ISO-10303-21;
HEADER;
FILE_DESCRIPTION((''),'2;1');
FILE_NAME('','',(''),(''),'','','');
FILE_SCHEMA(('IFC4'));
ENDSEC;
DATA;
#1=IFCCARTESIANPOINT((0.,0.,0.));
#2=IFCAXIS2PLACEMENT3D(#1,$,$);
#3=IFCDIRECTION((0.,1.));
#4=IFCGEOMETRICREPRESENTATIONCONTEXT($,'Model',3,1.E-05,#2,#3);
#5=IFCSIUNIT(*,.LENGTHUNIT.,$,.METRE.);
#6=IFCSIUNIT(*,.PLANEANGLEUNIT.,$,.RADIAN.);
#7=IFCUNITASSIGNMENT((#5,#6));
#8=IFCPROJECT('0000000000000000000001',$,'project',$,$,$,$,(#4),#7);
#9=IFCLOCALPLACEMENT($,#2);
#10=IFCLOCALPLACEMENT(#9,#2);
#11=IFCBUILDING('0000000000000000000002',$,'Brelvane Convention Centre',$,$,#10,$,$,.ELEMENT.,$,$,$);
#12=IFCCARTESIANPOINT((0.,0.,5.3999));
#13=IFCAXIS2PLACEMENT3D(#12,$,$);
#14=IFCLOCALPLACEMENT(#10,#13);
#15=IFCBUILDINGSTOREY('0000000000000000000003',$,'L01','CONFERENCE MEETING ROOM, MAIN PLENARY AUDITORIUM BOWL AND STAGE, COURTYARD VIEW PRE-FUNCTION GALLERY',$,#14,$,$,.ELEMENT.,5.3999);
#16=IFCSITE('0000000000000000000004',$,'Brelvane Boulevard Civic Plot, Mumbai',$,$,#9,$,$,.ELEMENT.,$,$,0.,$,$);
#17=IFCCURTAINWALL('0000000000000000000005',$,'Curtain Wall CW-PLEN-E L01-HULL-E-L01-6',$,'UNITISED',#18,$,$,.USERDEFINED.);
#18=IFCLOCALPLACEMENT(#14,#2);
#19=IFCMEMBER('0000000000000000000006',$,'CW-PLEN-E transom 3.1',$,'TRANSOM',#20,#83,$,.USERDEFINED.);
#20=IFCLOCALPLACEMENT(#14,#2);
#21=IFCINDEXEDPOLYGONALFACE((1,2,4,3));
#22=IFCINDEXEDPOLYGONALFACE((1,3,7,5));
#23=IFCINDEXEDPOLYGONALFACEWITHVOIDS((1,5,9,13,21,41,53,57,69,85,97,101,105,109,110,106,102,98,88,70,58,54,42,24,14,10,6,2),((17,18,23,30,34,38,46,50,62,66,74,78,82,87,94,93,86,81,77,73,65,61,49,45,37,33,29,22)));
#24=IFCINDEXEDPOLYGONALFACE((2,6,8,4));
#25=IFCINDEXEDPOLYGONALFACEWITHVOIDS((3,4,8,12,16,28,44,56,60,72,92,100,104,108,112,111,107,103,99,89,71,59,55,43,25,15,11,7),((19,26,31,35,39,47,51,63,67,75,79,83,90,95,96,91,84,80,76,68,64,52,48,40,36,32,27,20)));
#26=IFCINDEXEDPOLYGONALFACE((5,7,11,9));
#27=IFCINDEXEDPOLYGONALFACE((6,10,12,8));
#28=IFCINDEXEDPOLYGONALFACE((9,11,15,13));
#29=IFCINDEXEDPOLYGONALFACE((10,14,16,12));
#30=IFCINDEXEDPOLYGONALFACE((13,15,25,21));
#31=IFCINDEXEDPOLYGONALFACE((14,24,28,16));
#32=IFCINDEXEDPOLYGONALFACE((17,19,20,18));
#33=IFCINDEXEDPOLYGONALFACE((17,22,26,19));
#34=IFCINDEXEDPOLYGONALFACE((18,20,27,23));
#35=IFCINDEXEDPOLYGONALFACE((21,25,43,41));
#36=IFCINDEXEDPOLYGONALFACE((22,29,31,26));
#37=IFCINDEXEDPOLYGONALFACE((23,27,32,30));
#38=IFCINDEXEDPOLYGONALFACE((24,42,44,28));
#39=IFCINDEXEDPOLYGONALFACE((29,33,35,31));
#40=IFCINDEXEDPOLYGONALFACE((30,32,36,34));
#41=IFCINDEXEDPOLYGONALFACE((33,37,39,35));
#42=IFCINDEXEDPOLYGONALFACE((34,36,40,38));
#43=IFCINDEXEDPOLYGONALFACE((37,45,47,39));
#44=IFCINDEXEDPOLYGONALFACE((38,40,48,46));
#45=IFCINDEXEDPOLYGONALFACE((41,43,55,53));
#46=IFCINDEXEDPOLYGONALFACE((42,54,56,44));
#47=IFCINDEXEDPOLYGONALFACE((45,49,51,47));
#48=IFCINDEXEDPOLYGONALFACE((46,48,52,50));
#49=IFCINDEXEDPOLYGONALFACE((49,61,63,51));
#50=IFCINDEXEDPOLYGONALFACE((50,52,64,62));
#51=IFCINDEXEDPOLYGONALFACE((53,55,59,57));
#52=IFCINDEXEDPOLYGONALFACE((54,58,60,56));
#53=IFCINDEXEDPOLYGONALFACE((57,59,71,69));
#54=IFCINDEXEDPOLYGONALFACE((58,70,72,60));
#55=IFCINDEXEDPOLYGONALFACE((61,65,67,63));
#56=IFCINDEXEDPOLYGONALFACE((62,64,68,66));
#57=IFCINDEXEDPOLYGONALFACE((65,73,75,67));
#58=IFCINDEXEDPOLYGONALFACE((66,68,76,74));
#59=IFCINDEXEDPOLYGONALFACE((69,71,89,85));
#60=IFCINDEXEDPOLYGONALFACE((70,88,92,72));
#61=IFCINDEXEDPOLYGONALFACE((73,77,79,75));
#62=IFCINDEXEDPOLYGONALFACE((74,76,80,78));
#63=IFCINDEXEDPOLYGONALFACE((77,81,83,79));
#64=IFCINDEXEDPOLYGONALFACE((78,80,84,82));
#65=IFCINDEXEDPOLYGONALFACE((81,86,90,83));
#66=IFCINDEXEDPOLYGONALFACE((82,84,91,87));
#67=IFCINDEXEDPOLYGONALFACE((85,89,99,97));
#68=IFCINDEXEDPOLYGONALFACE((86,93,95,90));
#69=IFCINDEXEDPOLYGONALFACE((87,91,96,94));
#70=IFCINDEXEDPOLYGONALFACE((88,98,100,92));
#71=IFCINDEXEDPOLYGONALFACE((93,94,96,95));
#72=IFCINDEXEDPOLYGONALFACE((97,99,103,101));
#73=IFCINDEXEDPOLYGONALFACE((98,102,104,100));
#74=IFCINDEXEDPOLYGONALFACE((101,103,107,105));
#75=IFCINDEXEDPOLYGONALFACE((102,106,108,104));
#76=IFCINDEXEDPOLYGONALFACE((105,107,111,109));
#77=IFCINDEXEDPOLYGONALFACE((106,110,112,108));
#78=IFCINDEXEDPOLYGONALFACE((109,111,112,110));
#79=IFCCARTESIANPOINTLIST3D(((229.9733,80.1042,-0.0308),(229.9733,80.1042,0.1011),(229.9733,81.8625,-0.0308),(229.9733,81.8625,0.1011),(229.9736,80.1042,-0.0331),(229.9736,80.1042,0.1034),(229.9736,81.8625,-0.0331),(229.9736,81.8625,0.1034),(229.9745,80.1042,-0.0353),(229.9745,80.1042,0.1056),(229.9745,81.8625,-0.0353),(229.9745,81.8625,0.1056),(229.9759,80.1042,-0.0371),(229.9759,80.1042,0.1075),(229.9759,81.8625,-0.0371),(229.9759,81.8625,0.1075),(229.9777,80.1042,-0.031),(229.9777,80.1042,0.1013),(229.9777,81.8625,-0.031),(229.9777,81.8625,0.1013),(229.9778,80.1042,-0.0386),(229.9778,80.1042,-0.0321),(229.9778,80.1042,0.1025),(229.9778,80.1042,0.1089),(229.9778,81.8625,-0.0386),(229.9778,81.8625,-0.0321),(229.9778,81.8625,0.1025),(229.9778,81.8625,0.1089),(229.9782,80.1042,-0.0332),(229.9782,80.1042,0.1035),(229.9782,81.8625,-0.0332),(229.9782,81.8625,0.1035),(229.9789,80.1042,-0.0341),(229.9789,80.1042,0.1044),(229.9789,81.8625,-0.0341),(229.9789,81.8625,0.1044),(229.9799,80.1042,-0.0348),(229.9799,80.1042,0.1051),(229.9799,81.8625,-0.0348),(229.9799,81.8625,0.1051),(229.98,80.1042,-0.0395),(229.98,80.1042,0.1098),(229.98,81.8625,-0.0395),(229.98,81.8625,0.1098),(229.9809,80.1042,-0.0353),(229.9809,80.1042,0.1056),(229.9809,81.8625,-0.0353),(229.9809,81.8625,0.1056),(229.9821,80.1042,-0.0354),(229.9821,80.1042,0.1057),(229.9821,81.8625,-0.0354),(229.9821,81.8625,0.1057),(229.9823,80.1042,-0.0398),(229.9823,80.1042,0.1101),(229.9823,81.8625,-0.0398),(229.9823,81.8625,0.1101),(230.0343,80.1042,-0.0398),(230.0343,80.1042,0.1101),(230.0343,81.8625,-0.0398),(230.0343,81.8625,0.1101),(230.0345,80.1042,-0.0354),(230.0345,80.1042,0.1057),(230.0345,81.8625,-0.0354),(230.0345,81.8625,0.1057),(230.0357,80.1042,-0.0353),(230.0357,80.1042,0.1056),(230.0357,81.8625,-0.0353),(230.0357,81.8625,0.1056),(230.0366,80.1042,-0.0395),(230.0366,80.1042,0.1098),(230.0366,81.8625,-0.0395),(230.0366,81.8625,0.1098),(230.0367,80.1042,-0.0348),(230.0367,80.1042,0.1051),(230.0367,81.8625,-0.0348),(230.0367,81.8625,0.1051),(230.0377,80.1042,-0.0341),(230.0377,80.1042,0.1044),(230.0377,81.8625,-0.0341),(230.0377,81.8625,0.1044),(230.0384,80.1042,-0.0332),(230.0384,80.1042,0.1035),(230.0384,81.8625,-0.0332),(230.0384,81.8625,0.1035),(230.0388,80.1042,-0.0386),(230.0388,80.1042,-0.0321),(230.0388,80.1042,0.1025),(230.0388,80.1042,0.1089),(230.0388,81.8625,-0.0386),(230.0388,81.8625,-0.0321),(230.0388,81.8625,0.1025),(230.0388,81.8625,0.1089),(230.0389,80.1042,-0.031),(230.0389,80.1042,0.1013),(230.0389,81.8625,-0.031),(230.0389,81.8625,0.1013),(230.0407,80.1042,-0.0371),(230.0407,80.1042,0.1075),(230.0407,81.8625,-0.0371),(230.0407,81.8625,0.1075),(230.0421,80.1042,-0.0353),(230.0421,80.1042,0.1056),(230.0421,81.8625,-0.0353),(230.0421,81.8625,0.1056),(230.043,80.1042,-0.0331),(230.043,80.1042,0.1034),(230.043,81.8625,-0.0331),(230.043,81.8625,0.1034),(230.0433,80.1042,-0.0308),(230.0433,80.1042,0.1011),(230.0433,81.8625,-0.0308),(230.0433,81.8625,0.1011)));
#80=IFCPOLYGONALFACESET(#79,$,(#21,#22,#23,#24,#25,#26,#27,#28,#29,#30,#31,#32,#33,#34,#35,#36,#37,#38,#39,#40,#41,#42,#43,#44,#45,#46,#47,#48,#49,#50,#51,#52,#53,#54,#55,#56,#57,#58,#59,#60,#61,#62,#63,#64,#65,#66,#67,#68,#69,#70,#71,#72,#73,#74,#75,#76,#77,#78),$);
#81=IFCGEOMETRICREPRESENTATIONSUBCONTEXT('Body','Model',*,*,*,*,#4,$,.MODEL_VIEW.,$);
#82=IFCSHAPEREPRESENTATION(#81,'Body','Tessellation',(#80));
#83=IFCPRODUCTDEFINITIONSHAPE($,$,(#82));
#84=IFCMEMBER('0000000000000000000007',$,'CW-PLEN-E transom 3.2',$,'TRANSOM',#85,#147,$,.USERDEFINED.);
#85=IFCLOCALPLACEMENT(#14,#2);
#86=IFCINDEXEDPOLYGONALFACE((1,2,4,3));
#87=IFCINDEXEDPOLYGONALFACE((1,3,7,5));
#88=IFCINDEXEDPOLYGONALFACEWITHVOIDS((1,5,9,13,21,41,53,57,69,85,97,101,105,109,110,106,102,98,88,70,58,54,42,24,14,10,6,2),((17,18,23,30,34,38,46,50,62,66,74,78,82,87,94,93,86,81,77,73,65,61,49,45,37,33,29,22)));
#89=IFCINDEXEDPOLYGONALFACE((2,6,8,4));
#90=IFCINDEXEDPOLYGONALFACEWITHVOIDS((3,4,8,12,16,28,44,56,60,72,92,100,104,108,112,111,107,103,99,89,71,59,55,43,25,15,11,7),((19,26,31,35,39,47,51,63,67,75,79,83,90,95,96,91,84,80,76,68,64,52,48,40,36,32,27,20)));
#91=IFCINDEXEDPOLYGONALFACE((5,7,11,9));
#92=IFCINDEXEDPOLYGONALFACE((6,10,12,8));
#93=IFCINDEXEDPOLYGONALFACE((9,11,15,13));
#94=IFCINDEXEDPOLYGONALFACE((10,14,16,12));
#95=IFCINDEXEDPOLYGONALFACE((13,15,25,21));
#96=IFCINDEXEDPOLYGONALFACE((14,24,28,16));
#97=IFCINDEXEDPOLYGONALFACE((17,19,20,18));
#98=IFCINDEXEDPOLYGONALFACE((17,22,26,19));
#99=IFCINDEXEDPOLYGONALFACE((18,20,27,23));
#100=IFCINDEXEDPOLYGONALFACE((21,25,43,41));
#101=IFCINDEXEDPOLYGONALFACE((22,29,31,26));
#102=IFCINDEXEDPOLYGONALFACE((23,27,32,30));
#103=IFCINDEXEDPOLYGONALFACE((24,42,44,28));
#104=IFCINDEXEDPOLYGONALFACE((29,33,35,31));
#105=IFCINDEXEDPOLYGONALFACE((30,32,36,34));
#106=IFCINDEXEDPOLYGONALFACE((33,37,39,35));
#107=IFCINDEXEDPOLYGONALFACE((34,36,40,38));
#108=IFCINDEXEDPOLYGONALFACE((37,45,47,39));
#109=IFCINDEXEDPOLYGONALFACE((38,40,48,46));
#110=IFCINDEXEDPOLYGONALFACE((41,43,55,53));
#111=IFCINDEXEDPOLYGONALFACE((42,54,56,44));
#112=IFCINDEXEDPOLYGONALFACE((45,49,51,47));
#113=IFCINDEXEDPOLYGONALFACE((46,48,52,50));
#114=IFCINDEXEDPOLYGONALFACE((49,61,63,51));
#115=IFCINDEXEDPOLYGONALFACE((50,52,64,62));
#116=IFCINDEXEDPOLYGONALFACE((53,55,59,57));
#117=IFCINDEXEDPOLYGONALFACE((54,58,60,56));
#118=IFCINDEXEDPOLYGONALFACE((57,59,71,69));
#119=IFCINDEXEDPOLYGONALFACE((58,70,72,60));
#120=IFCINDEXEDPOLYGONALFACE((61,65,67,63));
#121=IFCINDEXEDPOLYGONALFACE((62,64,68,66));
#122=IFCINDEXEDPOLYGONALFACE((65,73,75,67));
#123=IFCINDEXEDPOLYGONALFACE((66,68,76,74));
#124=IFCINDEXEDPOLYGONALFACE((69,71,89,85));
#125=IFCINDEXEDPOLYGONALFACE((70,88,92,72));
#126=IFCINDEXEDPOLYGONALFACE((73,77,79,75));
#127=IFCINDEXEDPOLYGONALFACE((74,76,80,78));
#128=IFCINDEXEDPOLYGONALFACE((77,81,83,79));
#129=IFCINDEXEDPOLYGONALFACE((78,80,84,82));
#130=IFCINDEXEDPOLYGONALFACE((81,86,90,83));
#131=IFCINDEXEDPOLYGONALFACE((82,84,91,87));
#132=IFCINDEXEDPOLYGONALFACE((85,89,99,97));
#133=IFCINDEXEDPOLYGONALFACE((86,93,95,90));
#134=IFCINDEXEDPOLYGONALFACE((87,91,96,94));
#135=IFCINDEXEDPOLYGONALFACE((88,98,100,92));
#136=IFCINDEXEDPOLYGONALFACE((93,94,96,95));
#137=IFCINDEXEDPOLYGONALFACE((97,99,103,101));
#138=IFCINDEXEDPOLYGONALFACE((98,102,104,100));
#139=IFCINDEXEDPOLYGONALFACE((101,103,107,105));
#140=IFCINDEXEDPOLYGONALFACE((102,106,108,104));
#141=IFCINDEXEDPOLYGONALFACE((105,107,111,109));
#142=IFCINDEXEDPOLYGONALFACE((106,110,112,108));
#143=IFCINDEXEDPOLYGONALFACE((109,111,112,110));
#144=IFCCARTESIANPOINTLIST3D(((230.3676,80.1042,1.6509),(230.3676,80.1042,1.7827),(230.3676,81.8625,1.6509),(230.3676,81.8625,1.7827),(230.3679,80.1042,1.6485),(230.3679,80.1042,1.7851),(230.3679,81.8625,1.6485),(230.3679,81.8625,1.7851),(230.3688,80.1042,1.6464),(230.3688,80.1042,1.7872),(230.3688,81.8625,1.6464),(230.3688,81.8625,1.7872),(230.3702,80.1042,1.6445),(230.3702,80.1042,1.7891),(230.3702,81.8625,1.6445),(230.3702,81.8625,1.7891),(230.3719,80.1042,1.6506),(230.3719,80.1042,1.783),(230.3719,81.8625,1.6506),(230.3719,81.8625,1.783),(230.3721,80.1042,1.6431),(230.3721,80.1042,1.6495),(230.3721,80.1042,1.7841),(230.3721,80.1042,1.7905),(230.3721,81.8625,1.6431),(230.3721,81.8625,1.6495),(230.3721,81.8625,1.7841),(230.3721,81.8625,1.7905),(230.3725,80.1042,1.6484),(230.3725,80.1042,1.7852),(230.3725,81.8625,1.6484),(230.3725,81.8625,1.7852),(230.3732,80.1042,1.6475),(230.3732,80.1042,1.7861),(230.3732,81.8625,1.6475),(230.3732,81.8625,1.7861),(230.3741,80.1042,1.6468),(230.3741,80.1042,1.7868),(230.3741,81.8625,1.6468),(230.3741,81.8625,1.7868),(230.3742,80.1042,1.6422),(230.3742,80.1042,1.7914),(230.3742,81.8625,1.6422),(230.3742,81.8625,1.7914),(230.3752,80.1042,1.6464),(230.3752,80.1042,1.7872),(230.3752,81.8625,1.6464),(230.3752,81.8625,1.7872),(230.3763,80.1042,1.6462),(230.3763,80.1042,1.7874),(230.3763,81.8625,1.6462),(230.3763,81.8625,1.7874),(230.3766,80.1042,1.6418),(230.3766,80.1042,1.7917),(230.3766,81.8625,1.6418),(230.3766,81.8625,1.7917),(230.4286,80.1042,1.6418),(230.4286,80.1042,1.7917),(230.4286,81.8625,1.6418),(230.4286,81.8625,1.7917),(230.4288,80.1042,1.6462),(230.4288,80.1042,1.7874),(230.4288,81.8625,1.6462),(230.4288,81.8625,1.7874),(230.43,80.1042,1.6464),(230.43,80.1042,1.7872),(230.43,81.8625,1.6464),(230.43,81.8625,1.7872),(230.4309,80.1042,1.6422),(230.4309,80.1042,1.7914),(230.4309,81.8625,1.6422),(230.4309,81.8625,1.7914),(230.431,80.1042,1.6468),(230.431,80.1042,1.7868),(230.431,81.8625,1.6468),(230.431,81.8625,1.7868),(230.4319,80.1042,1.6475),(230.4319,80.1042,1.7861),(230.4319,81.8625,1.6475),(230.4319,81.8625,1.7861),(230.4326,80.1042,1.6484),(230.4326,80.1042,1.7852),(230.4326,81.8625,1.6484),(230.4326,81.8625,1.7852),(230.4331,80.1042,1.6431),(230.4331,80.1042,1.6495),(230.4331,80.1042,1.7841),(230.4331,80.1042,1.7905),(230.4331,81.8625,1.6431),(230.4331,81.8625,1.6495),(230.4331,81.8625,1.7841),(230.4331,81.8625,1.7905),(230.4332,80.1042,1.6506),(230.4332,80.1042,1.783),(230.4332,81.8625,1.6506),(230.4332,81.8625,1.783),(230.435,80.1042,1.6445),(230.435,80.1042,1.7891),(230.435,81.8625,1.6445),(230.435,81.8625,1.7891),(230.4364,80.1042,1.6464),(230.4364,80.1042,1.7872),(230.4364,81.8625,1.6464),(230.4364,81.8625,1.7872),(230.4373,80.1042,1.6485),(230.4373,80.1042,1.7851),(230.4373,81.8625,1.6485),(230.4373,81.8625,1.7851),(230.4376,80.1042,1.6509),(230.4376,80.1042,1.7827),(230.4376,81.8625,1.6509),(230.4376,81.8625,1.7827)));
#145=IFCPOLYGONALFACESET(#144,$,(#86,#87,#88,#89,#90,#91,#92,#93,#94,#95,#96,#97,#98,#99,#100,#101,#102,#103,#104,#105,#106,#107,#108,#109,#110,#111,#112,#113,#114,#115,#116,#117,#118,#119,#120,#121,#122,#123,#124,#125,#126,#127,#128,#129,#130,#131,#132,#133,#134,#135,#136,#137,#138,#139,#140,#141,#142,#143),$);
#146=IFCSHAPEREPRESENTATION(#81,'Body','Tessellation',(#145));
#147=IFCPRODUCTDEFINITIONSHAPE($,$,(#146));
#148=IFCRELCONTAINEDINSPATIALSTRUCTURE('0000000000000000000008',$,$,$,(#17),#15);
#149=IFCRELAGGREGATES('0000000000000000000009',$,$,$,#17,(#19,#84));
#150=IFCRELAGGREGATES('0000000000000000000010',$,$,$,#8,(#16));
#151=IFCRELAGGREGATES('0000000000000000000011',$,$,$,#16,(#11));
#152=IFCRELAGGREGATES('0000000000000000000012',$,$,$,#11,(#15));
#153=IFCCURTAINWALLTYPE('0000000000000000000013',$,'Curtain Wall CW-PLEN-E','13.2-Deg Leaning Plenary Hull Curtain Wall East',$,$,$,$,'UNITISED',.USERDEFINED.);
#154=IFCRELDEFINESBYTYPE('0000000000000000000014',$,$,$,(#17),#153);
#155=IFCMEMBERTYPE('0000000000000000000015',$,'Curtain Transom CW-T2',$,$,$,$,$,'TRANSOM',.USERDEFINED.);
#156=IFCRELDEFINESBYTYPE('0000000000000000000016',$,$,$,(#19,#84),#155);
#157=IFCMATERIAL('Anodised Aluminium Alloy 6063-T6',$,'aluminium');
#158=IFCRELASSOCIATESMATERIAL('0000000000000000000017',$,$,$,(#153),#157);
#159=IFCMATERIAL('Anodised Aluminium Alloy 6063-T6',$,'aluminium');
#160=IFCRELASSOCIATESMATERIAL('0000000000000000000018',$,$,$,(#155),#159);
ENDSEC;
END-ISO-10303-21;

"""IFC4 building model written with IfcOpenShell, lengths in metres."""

from ifc_helpers import new_model, si_unit, direction, frame, origin, origin_2d, place, context, subcontext, project, spatial, hollow_rectangle, extrude, material, material_profile, profile_set, type_object, element, aggregate, save


model = new_model("IFC4")

# Units and contexts
model_context = context("Model", 3, precision=1e-05, world=origin(), true_north=direction((0.0, 1.0)))
body_context = subcontext(model_context, "Body", "Model", "MODEL_VIEW")
ifc_project = project(units=[si_unit("LENGTHUNIT", "METRE"), si_unit("PLANEANGLEUNIT", "RADIAN")], contexts=[model_context])

# Site, building, storey
site_placement = place(None, origin())
site = spatial("IfcSite", under=ifc_project, at=site_placement, Name="Brelvane Boulevard Civic Plot, Mumbai", CompositionType="ELEMENT", RefElevation=0.0)
building_placement = place(site_placement, origin())
building = spatial("IfcBuilding", under=site, at=building_placement, Name="Brelvane Convention Centre", CompositionType="ELEMENT")
storey_placement = place(building_placement, frame((0.0, 0.0, 5.3999)))
storey = spatial("IfcBuildingStorey", under=building, at=storey_placement, Name="L01", Description="CONFERENCE MEETING ROOM, MAIN PLENARY AUDITORIUM BOWL AND STAGE, COURTYARD VIEW PRE-FUNCTION GALLERY", CompositionType="ELEMENT", Elevation=5.3999)

# Curtain wall, members
ifc_material_1 = material(Name="Anodised Aluminium Alloy 6063-T6", Category="aluminium")
curtain_wall_type = type_object("IfcCurtainWallType", Name="Curtain Wall CW-PLEN-E", Description="13.2-Deg Leaning Plenary Hull Curtain Wall East", ElementType="UNITISED", PredefinedType="USERDEFINED", material=ifc_material_1)
curtain_wall_placement = place(storey_placement, origin())
curtain_wall = element("IfcCurtainWall", 1, at=curtain_wall_placement, inside=storey, type_object=curtain_wall_type, Name="Curtain Wall CW-PLEN-E L01-HULL-E-L01-6", ObjectType="UNITISED", PredefinedType="USERDEFINED")
ifc_material_2 = material(Name="Anodised Aluminium Alloy 6063-T6", Category="aluminium")
ifc_material_profile_1 = material_profile(ifc_material_2, hollow_rectangle(XDim=0.0701, YDim=0.1499, WallThickness=0.0044, InnerFilletRadius=0.0044, OuterFilletRadius=0.009, at=origin_2d()), Name="ALU-T 150x70x4.5")
ifc_profile_set_1 = profile_set([ifc_material_profile_1], Name="Anodised Aluminium Alloy 6063-T6")
member_type_1 = type_object("IfcMemberType", Name="Curtain Transom CW-T2", ElementType="TRANSOM", PredefinedType="USERDEFINED", material=ifc_profile_set_1)
member_1_placement = place(storey_placement, frame((230.0083, 80.1042, 0.0352), z_axis=(0.0, 1.0, 0.0), x_axis=(-1.0, 0.0, 0.0)))
member_1 = element("IfcMember", 2, at=member_1_placement, type_object=member_type_1, Name="CW-PLEN-E transom 3.1", ObjectType="TRANSOM", PredefinedType="USERDEFINED", context=body_context, shape_type="SweptSolid", body=[
    extrude(hollow_rectangle(XDim=0.0701, YDim=0.1499, WallThickness=0.0044, InnerFilletRadius=0.0044, OuterFilletRadius=0.009, at=origin_2d()), origin(), (0.0, 0.0, 1.0), 1.7583),
])
member_2_placement = place(storey_placement, frame((230.4026, 80.1042, 1.7168), z_axis=(0.0, 1.0, 0.0), x_axis=(-1.0, 0.0, 0.0)))
member_2 = element("IfcMember", 3, at=member_2_placement, type_object=member_type_1, Name="CW-PLEN-E transom 3.2", ObjectType="TRANSOM", PredefinedType="USERDEFINED", context=body_context, shape_type="SweptSolid", body=[
    extrude(hollow_rectangle(XDim=0.0701, YDim=0.1499, WallThickness=0.0044, InnerFilletRadius=0.0044, OuterFilletRadius=0.009, at=origin_2d()), origin(), (0.0, 0.0, 1.0), 1.7583),
])

aggregate(curtain_wall, [member_1, member_2])

save(model, "model.ifc")
